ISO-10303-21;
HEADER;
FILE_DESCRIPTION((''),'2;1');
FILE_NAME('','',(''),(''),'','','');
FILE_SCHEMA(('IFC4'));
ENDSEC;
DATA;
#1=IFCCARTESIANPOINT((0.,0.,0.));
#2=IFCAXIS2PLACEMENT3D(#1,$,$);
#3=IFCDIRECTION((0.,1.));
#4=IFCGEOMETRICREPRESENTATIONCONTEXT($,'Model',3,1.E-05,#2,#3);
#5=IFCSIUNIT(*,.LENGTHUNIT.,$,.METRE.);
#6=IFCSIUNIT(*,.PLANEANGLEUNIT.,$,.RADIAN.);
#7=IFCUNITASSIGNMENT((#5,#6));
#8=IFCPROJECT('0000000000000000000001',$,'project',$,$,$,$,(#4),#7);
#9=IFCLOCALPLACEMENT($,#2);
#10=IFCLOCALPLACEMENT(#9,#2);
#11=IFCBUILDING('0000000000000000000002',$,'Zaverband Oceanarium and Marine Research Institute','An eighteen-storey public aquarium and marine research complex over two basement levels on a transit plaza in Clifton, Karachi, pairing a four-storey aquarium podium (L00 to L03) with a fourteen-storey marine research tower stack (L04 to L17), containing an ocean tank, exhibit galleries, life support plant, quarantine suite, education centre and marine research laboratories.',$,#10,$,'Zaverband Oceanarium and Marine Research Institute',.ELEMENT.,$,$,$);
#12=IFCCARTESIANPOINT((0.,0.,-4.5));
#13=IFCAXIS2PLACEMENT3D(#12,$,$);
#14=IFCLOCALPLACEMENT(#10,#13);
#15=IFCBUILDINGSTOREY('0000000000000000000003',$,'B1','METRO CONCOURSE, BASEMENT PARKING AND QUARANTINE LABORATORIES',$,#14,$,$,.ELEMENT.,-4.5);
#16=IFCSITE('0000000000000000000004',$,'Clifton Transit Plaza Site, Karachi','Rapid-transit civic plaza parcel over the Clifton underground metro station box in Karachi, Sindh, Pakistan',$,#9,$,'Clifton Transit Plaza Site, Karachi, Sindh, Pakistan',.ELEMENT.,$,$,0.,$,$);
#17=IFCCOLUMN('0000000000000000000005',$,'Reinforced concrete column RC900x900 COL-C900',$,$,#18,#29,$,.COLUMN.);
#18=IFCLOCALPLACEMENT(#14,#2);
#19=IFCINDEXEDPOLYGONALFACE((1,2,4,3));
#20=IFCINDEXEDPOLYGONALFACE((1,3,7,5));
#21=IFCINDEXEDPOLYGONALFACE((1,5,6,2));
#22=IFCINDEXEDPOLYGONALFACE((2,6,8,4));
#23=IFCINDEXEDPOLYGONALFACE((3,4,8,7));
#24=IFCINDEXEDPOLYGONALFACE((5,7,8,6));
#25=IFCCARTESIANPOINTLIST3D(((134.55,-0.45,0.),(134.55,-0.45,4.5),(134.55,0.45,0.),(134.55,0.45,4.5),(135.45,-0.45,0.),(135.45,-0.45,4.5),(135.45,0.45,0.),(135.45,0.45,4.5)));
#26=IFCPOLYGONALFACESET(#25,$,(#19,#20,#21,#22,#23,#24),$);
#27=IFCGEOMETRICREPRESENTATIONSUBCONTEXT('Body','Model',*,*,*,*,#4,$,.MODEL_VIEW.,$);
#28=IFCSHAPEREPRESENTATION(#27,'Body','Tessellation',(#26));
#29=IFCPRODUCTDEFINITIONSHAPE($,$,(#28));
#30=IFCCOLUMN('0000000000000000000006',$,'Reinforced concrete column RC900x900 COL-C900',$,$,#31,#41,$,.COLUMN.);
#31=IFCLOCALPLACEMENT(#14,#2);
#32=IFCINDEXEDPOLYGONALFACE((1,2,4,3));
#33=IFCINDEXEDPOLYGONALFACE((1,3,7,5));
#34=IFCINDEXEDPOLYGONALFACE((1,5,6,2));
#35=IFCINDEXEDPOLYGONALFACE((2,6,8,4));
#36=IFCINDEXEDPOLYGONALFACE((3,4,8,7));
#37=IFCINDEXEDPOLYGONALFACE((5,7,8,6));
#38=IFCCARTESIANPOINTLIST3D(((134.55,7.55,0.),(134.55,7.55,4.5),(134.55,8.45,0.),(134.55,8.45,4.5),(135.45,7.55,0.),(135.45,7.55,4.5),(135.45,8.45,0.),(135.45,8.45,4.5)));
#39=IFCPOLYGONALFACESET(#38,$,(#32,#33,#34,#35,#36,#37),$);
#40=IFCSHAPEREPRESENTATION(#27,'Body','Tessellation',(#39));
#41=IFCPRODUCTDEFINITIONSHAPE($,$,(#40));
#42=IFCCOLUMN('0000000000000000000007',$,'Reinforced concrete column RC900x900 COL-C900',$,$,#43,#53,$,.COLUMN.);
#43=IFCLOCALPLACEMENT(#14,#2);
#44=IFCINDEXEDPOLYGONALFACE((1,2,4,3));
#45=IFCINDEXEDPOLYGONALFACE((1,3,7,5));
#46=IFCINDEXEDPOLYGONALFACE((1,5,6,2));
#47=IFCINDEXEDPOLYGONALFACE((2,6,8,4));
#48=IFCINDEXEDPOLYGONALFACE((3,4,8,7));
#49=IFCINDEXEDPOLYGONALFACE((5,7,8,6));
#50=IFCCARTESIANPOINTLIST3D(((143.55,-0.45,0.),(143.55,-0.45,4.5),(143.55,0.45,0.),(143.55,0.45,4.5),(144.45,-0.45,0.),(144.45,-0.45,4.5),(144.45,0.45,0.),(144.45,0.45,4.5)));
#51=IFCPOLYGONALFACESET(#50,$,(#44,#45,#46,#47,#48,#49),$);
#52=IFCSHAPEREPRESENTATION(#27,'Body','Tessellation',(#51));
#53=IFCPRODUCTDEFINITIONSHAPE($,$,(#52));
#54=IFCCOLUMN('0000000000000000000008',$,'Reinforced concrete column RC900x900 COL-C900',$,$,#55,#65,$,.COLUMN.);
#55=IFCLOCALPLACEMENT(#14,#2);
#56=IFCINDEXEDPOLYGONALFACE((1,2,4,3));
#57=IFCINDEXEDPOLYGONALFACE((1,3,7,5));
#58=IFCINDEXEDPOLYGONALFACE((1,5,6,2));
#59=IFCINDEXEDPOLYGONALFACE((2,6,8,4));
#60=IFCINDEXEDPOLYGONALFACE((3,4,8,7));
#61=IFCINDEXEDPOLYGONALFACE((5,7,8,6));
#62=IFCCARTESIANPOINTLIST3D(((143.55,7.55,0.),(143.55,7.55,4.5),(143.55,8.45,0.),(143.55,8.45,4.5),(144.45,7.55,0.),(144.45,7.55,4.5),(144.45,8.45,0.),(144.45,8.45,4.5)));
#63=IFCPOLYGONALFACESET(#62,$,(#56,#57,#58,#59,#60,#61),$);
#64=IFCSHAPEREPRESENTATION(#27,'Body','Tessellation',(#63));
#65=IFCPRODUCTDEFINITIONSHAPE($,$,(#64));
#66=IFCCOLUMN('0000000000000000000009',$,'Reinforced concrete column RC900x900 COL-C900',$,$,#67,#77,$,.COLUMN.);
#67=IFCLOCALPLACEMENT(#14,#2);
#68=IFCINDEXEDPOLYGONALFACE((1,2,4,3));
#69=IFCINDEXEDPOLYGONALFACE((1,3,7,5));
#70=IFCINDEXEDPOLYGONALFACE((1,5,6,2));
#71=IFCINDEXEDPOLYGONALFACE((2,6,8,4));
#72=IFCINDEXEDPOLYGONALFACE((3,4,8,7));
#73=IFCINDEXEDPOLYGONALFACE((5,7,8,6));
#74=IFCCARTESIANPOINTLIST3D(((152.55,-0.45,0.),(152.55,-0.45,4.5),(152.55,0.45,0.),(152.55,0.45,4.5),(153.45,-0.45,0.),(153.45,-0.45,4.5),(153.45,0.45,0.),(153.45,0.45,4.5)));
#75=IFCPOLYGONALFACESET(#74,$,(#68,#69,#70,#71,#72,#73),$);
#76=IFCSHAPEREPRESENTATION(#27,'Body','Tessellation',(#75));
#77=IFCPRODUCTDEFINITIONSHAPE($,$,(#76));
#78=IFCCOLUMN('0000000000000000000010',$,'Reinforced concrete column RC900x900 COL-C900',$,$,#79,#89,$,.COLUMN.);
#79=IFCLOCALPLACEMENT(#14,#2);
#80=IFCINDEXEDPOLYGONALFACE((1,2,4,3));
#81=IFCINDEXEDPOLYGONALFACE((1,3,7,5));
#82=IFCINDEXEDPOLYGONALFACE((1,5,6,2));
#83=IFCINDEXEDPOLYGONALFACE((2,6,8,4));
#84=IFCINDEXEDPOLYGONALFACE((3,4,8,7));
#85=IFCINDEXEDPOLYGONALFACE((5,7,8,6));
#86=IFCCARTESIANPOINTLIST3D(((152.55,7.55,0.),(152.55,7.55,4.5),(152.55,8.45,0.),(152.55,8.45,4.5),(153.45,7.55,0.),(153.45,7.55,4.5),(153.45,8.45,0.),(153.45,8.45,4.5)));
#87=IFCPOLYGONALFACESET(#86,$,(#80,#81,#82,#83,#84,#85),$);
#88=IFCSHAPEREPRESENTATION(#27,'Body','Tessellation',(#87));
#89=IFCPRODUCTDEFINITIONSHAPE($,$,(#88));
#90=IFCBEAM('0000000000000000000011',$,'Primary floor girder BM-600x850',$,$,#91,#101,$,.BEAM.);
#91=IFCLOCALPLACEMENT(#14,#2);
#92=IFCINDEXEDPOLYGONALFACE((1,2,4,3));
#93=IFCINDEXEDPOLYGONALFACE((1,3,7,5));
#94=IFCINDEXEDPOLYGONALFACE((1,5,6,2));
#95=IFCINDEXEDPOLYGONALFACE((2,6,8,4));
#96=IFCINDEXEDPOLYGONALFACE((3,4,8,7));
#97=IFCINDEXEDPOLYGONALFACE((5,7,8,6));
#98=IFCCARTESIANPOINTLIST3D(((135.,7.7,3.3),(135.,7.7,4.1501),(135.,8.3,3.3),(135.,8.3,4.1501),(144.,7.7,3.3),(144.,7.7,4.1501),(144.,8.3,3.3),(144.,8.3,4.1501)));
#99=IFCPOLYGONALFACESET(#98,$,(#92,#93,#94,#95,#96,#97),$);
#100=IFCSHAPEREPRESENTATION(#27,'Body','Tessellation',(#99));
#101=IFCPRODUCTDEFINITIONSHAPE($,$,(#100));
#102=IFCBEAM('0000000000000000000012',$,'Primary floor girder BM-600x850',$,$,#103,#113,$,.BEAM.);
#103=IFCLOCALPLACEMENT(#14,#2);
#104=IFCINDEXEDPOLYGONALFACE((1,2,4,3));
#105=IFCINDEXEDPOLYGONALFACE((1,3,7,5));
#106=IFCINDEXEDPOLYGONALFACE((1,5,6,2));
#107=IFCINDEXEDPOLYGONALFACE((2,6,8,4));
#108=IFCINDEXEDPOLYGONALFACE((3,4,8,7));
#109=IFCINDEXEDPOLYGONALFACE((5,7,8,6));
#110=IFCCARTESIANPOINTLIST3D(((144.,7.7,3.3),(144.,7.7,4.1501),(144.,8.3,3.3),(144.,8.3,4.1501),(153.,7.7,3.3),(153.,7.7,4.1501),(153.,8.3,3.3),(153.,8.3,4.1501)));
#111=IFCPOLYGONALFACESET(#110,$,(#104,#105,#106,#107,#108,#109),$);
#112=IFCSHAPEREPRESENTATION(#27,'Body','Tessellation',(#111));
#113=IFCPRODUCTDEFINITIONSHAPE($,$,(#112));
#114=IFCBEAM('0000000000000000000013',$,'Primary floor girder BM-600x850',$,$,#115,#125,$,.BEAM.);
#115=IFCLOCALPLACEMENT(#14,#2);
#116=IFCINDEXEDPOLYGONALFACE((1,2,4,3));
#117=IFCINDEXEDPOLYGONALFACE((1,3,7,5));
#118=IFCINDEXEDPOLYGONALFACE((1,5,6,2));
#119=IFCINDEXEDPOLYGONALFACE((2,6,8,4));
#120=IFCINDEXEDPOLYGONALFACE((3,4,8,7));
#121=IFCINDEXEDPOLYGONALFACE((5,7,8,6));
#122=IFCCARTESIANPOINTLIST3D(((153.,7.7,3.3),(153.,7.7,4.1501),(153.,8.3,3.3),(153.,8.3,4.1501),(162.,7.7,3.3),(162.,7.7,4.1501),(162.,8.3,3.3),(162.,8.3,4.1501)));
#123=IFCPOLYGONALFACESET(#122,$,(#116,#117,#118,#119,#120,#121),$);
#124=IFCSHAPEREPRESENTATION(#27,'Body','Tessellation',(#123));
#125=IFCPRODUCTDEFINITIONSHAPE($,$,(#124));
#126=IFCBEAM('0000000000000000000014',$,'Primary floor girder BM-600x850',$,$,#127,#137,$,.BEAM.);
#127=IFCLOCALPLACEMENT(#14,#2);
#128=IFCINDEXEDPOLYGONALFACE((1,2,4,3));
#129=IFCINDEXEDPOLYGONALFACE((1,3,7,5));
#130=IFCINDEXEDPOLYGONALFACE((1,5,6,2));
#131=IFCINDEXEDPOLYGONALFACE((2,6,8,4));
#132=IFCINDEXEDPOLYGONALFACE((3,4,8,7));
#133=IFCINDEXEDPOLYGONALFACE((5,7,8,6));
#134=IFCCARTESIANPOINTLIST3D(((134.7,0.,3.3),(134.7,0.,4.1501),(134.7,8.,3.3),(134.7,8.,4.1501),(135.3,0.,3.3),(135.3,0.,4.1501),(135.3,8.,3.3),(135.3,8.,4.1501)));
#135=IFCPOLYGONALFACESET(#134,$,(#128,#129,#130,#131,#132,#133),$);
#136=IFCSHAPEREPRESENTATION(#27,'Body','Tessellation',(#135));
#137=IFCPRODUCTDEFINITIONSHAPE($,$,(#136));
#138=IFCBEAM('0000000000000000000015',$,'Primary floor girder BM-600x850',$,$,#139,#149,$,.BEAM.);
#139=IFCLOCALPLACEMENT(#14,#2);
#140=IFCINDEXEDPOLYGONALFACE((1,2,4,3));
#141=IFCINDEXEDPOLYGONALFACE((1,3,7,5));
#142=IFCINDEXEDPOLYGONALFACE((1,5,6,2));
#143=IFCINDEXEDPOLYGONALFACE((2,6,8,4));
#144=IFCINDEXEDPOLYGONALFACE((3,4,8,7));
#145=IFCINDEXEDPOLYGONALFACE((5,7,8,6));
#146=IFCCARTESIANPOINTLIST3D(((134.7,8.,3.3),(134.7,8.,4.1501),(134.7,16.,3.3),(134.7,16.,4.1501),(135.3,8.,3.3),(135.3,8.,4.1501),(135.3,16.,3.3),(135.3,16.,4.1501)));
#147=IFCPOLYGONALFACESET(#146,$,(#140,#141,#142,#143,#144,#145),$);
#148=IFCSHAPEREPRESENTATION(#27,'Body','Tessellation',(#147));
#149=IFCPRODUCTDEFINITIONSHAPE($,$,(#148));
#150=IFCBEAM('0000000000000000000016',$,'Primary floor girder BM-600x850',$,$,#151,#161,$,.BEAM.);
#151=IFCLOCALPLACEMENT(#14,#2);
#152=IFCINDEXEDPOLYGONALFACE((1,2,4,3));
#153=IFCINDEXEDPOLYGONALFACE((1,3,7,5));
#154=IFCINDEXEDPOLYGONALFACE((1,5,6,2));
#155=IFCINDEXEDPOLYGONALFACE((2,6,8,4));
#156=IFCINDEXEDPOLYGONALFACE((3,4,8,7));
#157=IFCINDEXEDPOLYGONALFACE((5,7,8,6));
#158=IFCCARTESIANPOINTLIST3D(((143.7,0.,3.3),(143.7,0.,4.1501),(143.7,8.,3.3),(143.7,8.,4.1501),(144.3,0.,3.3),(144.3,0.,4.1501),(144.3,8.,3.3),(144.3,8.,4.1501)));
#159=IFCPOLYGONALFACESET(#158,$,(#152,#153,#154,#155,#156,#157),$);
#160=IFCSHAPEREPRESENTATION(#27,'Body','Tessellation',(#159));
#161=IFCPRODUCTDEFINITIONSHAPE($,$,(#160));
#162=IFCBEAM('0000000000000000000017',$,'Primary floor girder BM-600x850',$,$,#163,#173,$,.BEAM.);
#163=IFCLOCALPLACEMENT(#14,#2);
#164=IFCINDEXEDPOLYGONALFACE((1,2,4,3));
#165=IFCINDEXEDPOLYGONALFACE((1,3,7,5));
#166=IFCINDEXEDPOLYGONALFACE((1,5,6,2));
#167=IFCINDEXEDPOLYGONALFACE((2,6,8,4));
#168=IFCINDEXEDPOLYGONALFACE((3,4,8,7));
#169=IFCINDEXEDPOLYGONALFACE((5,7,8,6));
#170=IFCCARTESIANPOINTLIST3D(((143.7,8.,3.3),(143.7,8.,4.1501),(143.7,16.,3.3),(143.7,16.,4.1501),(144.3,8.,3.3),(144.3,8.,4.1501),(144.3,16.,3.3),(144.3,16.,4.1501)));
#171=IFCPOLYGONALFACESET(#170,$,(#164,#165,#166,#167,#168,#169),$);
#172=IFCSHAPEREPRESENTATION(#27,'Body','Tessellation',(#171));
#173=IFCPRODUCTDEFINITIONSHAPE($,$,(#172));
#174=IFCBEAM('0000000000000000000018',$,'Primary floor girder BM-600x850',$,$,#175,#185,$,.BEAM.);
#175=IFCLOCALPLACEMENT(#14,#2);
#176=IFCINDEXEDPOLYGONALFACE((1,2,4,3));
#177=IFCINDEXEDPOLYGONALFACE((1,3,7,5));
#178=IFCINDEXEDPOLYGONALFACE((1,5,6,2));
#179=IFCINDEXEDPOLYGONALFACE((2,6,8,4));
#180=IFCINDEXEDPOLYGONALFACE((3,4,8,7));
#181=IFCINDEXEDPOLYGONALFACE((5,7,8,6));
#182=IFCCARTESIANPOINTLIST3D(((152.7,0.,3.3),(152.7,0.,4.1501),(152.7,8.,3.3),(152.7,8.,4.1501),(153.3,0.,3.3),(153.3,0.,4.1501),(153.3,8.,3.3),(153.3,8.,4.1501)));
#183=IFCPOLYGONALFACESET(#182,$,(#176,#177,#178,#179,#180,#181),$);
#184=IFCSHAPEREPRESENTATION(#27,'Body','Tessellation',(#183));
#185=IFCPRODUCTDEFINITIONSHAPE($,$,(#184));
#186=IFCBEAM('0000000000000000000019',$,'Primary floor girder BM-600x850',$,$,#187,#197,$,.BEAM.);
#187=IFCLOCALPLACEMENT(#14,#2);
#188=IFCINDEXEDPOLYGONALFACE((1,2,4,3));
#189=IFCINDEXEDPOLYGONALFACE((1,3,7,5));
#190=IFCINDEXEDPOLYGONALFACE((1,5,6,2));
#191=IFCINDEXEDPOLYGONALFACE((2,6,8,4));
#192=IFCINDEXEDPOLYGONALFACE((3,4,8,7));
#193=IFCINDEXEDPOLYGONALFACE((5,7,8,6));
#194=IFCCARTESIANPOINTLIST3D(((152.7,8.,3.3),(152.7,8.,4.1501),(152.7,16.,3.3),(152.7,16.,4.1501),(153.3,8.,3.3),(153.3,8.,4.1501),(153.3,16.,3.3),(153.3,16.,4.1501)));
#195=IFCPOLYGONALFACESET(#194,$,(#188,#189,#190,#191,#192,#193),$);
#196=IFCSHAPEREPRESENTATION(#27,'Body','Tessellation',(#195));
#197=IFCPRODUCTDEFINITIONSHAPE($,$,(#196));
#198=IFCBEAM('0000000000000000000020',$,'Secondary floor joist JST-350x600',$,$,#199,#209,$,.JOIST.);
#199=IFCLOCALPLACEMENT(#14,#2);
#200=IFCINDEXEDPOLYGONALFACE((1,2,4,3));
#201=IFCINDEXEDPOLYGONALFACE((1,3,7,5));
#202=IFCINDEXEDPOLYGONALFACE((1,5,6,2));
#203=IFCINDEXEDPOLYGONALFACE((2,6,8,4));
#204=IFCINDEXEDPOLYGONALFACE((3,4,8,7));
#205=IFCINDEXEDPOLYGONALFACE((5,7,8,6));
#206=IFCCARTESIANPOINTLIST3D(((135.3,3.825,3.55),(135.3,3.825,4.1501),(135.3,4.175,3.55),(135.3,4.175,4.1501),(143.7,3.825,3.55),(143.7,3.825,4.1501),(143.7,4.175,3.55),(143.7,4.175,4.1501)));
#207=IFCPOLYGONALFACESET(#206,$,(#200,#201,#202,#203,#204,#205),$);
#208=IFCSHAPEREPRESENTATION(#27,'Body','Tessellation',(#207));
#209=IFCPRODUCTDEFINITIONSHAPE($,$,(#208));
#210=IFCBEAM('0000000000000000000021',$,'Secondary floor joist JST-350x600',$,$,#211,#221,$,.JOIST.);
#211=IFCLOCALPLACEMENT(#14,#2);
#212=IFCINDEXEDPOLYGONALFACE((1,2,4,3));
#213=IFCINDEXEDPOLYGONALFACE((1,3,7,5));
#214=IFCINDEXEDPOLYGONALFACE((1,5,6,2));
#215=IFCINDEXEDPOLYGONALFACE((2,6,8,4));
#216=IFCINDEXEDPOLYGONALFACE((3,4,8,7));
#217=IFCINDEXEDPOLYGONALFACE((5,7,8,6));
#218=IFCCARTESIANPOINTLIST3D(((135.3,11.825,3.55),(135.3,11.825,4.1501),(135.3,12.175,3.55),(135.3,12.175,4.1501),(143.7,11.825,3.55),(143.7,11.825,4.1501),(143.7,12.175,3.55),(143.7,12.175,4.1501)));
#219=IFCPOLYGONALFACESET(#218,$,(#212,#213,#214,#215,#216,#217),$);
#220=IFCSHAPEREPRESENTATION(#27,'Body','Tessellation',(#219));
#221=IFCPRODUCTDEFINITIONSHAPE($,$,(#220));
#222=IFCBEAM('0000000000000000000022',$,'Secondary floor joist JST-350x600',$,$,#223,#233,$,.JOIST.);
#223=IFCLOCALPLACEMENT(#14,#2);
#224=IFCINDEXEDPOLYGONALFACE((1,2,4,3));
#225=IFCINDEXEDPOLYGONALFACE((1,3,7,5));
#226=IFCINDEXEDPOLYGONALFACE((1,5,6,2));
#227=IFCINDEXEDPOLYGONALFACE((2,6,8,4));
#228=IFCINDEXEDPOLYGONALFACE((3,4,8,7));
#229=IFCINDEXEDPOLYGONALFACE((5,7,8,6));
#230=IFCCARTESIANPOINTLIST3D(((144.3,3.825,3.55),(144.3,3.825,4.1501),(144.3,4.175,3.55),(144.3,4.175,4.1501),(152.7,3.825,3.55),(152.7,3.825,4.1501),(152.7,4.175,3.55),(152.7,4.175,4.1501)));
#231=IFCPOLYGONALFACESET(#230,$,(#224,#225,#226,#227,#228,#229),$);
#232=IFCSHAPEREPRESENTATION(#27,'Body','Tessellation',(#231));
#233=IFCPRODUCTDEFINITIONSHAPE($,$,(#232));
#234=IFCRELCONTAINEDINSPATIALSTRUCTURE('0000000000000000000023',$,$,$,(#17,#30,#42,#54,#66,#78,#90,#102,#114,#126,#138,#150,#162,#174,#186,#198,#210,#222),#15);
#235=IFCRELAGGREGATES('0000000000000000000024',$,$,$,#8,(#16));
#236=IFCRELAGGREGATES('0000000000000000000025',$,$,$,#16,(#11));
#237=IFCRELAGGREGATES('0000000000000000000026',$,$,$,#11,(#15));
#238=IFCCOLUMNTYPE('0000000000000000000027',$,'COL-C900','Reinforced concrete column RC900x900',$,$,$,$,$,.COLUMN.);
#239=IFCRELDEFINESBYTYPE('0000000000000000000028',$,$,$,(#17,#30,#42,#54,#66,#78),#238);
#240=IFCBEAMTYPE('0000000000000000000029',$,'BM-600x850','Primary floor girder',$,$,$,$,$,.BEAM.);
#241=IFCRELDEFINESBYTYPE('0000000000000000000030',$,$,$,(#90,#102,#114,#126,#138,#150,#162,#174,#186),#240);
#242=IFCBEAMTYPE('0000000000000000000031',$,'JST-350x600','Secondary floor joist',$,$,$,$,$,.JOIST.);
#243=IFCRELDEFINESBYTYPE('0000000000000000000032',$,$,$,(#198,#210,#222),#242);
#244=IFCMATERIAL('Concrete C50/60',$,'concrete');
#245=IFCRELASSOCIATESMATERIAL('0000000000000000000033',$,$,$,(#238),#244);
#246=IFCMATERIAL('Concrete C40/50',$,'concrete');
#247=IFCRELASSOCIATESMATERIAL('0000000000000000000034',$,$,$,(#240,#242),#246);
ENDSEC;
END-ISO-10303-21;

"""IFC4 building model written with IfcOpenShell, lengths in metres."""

from ifc_helpers import new_model, si_unit, direction, frame, origin, origin_2d, place, context, subcontext, project, spatial, rectangle, extrude, material, material_profile, profile_set, type_object, element, save


model = new_model("IFC4")

# Units and contexts
model_context = context("Model", 3, precision=1e-05, world=origin(), true_north=direction((0.0, 1.0)))
body_context = subcontext(model_context, "Body", "Model", "MODEL_VIEW")
ifc_project = project(units=[si_unit("LENGTHUNIT", "METRE"), si_unit("PLANEANGLEUNIT", "RADIAN")], contexts=[model_context])

# Site, building, storey
site_placement = place(None, origin())
site = spatial("IfcSite", under=ifc_project, at=site_placement, Name="Clifton Transit Plaza Site, Karachi", Description="Rapid-transit civic plaza parcel over the Clifton underground metro station box in Karachi, Sindh, Pakistan", LongName="Clifton Transit Plaza Site, Karachi, Sindh, Pakistan", CompositionType="ELEMENT", RefElevation=0.0)
building_placement = place(site_placement, origin())
building = spatial("IfcBuilding", under=site, at=building_placement, Name="Zaverband Oceanarium and Marine Research Institute", Description="An eighteen-storey public aquarium and marine research complex over two basement levels on a transit plaza in Clifton, Karachi, pairing a four-storey aquarium podium (L00 to L03) with a fourteen-storey marine research tower stack (L04 to L17), containing an ocean tank, exhibit galleries, life support plant, quarantine suite, education centre and marine research laboratories.", LongName="Zaverband Oceanarium and Marine Research Institute", CompositionType="ELEMENT")
storey_placement = place(building_placement, frame((0.0, 0.0, -4.5)))
storey = spatial("IfcBuildingStorey", under=building, at=storey_placement, Name="B1", Description="METRO CONCOURSE, BASEMENT PARKING AND QUARANTINE LABORATORIES", CompositionType="ELEMENT", Elevation=-4.5)

# Columns
ifc_material_1 = material(Name="Concrete C50/60", Category="concrete")
ifc_material_profile_1 = material_profile(ifc_material_1, rectangle(XDim=0.8999, YDim=0.8999, at=origin_2d()), Name="RC900x900")
ifc_profile_set_1 = profile_set([ifc_material_profile_1], Name="Concrete C50/60")
column_type = type_object("IfcColumnType", Name="COL-C900", Description="Reinforced concrete column RC900x900", PredefinedType="COLUMN", material=ifc_profile_set_1)
for number, where, z_axis, x_axis, name in (
    (1, (135.0, 0.0, 0.0), (0.0, 0.0, 1.0), (1.0, 0.0, 0.0), "Reinforced concrete column RC900x900 COL-C900"),
    (2, (135.0, 8.0, 0.0), (0.0, 0.0, 1.0), (1.0, 0.0, 0.0), "Reinforced concrete column RC900x900 COL-C900"),
    (3, (144.0, 0.0, 0.0), (0.0, 0.0, 1.0), (1.0, 0.0, 0.0), "Reinforced concrete column RC900x900 COL-C900"),
    (4, (144.0, 8.0, 0.0), (0.0, 0.0, 1.0), (1.0, 0.0, 0.0), "Reinforced concrete column RC900x900 COL-C900"),
    (5, (153.0, 0.0, 0.0), (0.0, 0.0, 1.0), (1.0, 0.0, 0.0), "Reinforced concrete column RC900x900 COL-C900"),
    (6, (153.0, 8.0, 0.0), (0.0, 0.0, 1.0), (1.0, 0.0, 0.0), "Reinforced concrete column RC900x900 COL-C900"),
):
    element("IfcColumn", number, at=place(storey_placement, frame(where, z_axis=z_axis, x_axis=x_axis)), inside=storey, type_object=column_type, Name=name, PredefinedType="COLUMN", context=body_context, shape_type="SweptSolid", body=[
        extrude(rectangle(XDim=0.8999, YDim=0.8999, at=origin_2d()), origin(), (0.0, 0.0, 1.0), 4.5),
    ])

# Beams
ifc_material_2 = material(Name="Concrete C40/50", Category="concrete")
ifc_material_profile_2 = material_profile(ifc_material_2, rectangle(XDim=0.6001, YDim=0.8501, at=origin_2d()), Name="RC600x850")
ifc_profile_set_2 = profile_set([ifc_material_profile_2], Name="Concrete C40/50")
beam_type_1 = type_object("IfcBeamType", Name="BM-600x850", Description="Primary floor girder", PredefinedType="BEAM", material=ifc_profile_set_2)
for number, where, z_axis, x_axis, name in (
    (7, (135.0, 8.0, 3.7251), (1.0, 0.0, 0.0), (0.0, 1.0, 0.0), "Primary floor girder BM-600x850"),
    (8, (144.0, 8.0, 3.7251), (1.0, 0.0, 0.0), (0.0, 1.0, 0.0), "Primary floor girder BM-600x850"),
    (9, (153.0, 8.0, 3.7251), (1.0, 0.0, 0.0), (0.0, 1.0, 0.0), "Primary floor girder BM-600x850"),
):
    element("IfcBeam", number, at=place(storey_placement, frame(where, z_axis=z_axis, x_axis=x_axis)), inside=storey, type_object=beam_type_1, Name=name, PredefinedType="BEAM", context=body_context, shape_type="SweptSolid", body=[
        extrude(rectangle(XDim=0.6001, YDim=0.8501, at=origin_2d()), origin(), (0.0, 0.0, 1.0), 9.0),
    ])
for number, where, z_axis, x_axis, name in (
    (10, (135.0, 0.0, 3.7251), (0.0, 1.0, 0.0), (-1.0, 0.0, 0.0), "Primary floor girder BM-600x850"),
    (11, (135.0, 8.0, 3.7251), (0.0, 1.0, 0.0), (-1.0, 0.0, 0.0), "Primary floor girder BM-600x850"),
    (12, (144.0, 0.0, 3.7251), (0.0, 1.0, 0.0), (-1.0, 0.0, 0.0), "Primary floor girder BM-600x850"),
    (13, (144.0, 8.0, 3.7251), (0.0, 1.0, 0.0), (-1.0, 0.0, 0.0), "Primary floor girder BM-600x850"),
    (14, (153.0, 0.0, 3.7251), (0.0, 1.0, 0.0), (-1.0, 0.0, 0.0), "Primary floor girder BM-600x850"),
    (15, (153.0, 8.0, 3.7251), (0.0, 1.0, 0.0), (-1.0, 0.0, 0.0), "Primary floor girder BM-600x850"),
):
    element("IfcBeam", number, at=place(storey_placement, frame(where, z_axis=z_axis, x_axis=x_axis)), inside=storey, type_object=beam_type_1, Name=name, PredefinedType="BEAM", context=body_context, shape_type="SweptSolid", body=[
        extrude(rectangle(XDim=0.6001, YDim=0.8501, at=origin_2d()), origin(), (0.0, 0.0, 1.0), 8.0),
    ])
ifc_material_profile_3 = material_profile(ifc_material_2, rectangle(XDim=0.3501, YDim=0.6001, at=origin_2d()), Name="RC350x600")
ifc_profile_set_3 = profile_set([ifc_material_profile_3], Name="Concrete C40/50")
beam_type_2 = type_object("IfcBeamType", Name="JST-350x600", Description="Secondary floor joist", PredefinedType="JOIST", material=ifc_profile_set_3)
for number, where, z_axis, x_axis, name in (
    (16, (135.3, 4.0, 3.8501), (1.0, 0.0, 0.0), (0.0, 1.0, 0.0), "Secondary floor joist JST-350x600"),
    (17, (135.3, 12.0, 3.8501), (1.0, 0.0, 0.0), (0.0, 1.0, 0.0), "Secondary floor joist JST-350x600"),
    (18, (144.3, 4.0, 3.8501), (1.0, 0.0, 0.0), (0.0, 1.0, 0.0), "Secondary floor joist JST-350x600"),
):
    element("IfcBeam", number, at=place(storey_placement, frame(where, z_axis=z_axis, x_axis=x_axis)), inside=storey, type_object=beam_type_2, Name=name, PredefinedType="JOIST", context=body_context, shape_type="SweptSolid", body=[
        extrude(rectangle(XDim=0.3501, YDim=0.6001, at=origin_2d()), origin(), (0.0, 0.0, 1.0), 8.3999),
    ])

save(model, "model.ifc")
